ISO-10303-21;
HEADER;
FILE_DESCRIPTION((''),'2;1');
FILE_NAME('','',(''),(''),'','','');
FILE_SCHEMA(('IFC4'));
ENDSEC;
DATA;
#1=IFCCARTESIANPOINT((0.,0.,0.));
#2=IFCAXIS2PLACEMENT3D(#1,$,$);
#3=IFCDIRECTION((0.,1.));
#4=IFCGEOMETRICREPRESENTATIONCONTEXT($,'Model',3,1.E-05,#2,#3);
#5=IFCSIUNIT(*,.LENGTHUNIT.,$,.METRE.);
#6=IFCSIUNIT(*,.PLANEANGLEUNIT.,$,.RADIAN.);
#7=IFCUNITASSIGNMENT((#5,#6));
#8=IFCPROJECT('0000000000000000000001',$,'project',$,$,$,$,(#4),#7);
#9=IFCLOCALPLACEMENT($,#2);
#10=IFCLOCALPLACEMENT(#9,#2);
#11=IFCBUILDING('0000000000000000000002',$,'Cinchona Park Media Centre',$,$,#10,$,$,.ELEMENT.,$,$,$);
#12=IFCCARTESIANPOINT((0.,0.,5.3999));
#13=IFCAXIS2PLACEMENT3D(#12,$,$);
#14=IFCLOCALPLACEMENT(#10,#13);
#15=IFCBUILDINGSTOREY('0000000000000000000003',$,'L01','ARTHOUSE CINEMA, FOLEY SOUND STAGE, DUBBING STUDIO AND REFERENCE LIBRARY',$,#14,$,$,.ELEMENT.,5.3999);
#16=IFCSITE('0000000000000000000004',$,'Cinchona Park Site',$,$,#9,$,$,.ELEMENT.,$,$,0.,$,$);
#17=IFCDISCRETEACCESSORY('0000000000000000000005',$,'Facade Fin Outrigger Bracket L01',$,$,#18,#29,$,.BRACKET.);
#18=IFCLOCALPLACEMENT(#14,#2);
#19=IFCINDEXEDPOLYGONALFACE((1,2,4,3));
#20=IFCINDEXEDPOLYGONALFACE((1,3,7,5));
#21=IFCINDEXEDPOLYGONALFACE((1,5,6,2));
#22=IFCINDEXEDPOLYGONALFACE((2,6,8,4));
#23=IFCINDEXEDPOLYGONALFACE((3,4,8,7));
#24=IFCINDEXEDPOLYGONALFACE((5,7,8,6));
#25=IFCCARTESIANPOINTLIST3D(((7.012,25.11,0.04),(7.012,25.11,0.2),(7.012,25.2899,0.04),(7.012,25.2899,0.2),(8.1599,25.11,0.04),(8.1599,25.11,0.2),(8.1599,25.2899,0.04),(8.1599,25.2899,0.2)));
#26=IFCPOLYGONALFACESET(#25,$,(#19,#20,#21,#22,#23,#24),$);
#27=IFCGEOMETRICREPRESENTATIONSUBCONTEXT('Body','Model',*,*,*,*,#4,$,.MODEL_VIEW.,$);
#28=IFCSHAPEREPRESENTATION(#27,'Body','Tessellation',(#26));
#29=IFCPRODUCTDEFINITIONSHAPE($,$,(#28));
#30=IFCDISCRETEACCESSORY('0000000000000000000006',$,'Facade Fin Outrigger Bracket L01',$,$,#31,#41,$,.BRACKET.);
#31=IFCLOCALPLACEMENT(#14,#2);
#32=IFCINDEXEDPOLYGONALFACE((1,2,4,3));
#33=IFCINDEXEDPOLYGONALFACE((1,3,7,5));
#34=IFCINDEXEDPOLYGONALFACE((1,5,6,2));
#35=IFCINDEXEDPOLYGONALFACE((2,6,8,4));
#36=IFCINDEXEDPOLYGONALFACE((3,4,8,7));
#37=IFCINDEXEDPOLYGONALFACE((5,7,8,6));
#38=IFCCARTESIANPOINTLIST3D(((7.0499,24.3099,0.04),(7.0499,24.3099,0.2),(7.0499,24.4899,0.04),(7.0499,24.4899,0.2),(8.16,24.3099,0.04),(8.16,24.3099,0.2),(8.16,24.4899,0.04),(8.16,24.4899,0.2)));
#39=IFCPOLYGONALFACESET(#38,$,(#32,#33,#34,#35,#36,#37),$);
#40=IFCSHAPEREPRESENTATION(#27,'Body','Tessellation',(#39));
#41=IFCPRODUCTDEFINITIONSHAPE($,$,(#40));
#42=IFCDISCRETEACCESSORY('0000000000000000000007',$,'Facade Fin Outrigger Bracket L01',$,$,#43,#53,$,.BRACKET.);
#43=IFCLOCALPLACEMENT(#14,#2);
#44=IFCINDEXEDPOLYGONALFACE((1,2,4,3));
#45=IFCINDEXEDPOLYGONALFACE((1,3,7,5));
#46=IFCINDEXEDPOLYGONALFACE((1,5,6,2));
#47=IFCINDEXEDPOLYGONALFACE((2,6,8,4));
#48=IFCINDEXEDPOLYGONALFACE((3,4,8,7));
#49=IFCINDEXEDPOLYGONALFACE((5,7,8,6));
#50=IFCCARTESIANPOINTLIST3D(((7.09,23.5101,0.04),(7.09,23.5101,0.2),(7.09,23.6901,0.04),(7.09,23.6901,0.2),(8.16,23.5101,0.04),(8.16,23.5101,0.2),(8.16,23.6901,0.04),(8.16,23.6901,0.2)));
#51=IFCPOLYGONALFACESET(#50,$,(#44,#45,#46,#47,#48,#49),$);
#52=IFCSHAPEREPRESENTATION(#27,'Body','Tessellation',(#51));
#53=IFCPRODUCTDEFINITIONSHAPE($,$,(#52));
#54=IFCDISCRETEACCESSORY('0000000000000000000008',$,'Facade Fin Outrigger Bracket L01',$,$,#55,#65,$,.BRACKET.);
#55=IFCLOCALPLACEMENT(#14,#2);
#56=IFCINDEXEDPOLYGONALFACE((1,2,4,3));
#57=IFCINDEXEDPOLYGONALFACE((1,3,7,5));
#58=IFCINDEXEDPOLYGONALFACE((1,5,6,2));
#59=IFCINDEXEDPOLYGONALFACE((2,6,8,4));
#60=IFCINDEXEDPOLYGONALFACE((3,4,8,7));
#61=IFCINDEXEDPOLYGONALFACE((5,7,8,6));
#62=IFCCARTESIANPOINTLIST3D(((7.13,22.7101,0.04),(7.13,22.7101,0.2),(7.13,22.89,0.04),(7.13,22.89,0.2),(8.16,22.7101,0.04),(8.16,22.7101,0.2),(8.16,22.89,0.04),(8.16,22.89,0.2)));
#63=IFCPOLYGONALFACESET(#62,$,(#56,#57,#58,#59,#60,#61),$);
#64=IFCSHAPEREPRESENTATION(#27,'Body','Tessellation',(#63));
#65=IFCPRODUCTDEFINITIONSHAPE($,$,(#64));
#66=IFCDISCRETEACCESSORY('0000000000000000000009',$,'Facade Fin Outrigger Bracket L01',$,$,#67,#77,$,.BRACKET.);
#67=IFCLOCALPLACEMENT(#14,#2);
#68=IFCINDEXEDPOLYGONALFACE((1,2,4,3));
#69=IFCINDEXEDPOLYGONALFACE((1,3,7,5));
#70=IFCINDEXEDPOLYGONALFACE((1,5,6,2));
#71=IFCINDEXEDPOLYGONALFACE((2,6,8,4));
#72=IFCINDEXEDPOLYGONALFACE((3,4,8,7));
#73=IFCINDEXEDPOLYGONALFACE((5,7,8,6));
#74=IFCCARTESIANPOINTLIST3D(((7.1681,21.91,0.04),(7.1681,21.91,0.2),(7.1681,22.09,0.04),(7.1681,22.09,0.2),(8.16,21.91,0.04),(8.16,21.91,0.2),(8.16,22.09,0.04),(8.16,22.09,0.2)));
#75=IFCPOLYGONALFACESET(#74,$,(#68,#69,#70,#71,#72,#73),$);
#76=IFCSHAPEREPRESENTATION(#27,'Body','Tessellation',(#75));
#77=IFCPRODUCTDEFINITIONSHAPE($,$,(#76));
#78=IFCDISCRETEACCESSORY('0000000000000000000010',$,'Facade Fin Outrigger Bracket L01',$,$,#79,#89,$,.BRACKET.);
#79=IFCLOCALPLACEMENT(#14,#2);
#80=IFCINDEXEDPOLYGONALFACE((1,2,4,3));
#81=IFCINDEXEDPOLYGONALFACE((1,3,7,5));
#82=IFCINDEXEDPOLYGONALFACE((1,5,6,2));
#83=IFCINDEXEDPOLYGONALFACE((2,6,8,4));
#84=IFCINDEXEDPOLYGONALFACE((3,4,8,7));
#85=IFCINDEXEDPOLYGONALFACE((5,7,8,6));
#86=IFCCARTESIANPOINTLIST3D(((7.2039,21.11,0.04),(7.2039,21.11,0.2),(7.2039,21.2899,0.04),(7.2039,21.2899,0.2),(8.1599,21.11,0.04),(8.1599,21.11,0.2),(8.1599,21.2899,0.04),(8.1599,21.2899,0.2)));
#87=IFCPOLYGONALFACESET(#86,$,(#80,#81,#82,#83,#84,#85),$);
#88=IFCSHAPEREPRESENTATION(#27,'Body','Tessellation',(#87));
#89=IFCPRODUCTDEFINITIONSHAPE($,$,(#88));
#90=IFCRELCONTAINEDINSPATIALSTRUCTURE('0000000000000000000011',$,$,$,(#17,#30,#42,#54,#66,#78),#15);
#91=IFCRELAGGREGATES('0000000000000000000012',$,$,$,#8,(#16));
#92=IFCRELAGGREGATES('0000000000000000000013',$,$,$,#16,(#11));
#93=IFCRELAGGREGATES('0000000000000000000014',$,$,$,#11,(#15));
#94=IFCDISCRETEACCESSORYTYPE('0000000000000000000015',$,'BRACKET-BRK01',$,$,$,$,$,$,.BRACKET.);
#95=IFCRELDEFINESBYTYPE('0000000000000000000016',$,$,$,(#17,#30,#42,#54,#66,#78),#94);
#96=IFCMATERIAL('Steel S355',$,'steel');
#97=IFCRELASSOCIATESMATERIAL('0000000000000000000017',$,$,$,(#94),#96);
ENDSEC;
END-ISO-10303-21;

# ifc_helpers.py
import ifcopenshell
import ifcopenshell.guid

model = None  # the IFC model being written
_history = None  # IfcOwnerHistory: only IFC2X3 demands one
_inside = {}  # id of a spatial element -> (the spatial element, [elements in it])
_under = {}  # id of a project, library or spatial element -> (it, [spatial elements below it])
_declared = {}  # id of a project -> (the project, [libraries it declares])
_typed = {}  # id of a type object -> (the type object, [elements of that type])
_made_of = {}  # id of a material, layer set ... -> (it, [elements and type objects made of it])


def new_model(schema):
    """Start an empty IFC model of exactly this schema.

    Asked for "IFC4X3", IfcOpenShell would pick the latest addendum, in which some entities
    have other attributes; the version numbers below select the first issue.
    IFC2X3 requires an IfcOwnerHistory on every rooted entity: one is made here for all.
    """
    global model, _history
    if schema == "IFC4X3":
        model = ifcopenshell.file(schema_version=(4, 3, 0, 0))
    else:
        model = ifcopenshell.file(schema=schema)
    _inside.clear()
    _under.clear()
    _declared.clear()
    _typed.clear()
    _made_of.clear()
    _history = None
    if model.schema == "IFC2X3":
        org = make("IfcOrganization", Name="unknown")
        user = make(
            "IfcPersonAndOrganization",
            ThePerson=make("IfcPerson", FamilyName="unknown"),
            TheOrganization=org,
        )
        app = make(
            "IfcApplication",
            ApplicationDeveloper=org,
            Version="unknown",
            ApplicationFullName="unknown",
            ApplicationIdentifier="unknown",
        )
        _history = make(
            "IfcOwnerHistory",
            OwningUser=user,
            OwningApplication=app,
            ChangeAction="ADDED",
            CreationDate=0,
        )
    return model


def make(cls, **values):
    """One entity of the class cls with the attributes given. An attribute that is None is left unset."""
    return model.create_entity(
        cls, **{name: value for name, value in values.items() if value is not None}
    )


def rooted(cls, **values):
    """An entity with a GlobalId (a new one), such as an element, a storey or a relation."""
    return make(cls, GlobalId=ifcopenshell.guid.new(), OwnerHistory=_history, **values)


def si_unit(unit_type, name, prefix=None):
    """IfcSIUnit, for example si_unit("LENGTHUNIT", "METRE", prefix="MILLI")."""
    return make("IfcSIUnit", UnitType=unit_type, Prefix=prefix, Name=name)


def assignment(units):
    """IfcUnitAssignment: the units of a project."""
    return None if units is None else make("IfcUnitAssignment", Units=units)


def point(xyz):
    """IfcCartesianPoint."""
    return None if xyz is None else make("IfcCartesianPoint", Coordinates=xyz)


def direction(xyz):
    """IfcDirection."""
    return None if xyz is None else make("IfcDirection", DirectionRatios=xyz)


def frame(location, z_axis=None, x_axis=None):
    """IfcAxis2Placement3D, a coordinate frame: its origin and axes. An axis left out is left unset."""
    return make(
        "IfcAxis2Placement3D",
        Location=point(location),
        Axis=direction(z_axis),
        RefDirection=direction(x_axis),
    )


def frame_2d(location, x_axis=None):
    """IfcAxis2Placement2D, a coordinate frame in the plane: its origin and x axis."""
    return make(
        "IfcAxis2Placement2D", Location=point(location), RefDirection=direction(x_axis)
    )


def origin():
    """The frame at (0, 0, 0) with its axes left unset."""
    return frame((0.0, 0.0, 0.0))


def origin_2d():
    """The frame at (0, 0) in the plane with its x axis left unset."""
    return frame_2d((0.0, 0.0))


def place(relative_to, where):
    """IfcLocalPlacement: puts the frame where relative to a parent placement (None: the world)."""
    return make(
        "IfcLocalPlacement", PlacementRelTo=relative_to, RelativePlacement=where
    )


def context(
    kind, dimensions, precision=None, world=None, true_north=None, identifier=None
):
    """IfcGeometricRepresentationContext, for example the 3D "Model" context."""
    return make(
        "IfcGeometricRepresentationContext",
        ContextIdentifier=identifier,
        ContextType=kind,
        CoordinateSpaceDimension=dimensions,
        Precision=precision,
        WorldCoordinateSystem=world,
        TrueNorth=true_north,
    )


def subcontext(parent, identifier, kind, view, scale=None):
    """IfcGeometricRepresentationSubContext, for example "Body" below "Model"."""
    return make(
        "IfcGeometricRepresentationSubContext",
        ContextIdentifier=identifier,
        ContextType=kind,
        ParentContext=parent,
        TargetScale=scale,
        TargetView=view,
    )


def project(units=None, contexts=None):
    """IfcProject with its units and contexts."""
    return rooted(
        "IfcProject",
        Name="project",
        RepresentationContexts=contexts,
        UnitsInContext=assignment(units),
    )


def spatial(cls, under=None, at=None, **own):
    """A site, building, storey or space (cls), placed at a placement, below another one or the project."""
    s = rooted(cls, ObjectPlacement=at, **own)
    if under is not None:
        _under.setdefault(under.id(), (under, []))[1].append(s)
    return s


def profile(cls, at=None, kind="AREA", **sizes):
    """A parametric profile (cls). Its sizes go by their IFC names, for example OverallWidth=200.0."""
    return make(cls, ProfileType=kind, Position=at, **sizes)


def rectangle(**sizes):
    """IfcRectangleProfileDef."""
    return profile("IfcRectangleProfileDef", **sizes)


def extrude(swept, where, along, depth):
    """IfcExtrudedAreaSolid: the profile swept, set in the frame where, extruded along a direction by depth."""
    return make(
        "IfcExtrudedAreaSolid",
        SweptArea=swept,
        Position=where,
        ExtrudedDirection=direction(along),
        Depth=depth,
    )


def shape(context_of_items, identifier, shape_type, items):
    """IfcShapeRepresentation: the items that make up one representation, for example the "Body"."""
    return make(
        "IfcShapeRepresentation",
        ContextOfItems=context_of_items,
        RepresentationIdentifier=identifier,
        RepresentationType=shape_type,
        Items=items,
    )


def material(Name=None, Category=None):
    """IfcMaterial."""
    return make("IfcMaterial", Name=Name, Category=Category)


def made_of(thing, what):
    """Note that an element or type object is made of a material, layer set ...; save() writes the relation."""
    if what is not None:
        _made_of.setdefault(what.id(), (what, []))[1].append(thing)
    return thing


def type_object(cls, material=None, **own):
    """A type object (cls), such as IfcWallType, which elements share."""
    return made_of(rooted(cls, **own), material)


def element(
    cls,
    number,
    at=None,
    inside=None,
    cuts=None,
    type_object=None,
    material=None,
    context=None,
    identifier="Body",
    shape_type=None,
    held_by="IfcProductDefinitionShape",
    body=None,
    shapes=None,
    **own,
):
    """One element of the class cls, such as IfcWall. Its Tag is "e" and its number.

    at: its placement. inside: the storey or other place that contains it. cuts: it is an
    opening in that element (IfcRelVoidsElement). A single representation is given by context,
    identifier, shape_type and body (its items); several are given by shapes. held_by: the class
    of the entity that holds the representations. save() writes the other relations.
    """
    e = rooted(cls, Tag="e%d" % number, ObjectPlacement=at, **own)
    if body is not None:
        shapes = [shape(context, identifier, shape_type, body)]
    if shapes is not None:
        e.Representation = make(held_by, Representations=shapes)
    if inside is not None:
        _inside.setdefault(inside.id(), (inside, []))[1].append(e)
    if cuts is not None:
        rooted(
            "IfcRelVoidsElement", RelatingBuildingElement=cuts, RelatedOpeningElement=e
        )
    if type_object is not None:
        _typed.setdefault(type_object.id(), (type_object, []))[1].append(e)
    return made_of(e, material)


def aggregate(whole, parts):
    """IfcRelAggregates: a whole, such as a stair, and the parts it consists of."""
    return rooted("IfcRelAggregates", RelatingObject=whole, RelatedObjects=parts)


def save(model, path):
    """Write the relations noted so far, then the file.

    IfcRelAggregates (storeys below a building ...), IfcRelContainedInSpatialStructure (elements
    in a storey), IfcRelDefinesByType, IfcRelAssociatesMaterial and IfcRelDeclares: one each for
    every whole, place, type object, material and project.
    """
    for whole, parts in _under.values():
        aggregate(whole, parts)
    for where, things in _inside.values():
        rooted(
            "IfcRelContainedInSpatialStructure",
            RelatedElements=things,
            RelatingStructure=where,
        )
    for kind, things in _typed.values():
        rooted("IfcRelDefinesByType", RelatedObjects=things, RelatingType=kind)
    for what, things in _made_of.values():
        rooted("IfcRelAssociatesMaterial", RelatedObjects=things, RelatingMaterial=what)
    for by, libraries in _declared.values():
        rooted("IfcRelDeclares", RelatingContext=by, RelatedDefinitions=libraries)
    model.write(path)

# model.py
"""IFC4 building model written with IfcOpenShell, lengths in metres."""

from ifc_helpers import new_model, si_unit, direction, frame, origin, origin_2d, place, context, subcontext, project, spatial, rectangle, extrude, material, type_object, element, save


model = new_model("IFC4")

# Units and contexts
model_context = context("Model", 3, precision=1e-05, world=origin(), true_north=direction((0.0, 1.0)))
body_context = subcontext(model_context, "Body", "Model", "MODEL_VIEW")
ifc_project = project(units=[si_unit("LENGTHUNIT", "METRE"), si_unit("PLANEANGLEUNIT", "RADIAN")], contexts=[model_context])

# Site, building, storey
site_placement = place(None, origin())
site = spatial("IfcSite", under=ifc_project, at=site_placement, Name="Cinchona Park Site", CompositionType="ELEMENT", RefElevation=0.0)
building_placement = place(site_placement, origin())
building = spatial("IfcBuilding", under=site, at=building_placement, Name="Cinchona Park Media Centre", CompositionType="ELEMENT")
storey_placement = place(building_placement, frame((0.0, 0.0, 5.3999)))
storey = spatial("IfcBuildingStorey", under=building, at=storey_placement, Name="L01", Description="ARTHOUSE CINEMA, FOLEY SOUND STAGE, DUBBING STUDIO AND REFERENCE LIBRARY", CompositionType="ELEMENT", Elevation=5.3999)

# Discrete accessories
ifc_material_1 = material(Name="Steel S355", Category="steel")
discrete_accessory_type = type_object("IfcDiscreteAccessoryType", Name="BRACKET-BRK01", PredefinedType="BRACKET", material=ifc_material_1)
discrete_accessory_1_placement = place(storey_placement, frame((7.5859, 25.2, 0.04), z_axis=(0.0, 0.0, 1.0), x_axis=(0.0, -1.0, 0.0)))
element("IfcDiscreteAccessory", 1, at=discrete_accessory_1_placement, inside=storey, type_object=discrete_accessory_type, Name="Facade Fin Outrigger Bracket L01", PredefinedType="BRACKET", context=body_context, shape_type="SweptSolid", body=[
    extrude(rectangle(XDim=0.1799, YDim=1.1479, at=origin_2d()), origin(), (0.0, 0.0, 1.0), 0.1599),
])
discrete_accessory_2_placement = place(storey_placement, frame((7.605, 24.3999, 0.04), z_axis=(0.0, 0.0, 1.0), x_axis=(0.0, -1.0, 0.0)))
element("IfcDiscreteAccessory", 2, at=discrete_accessory_2_placement, inside=storey, type_object=discrete_accessory_type, Name="Facade Fin Outrigger Bracket L01", PredefinedType="BRACKET", context=body_context, shape_type="SweptSolid", body=[
    extrude(rectangle(XDim=0.1799, YDim=1.1101, at=origin_2d()), origin(), (0.0, 0.0, 1.0), 0.1599),
])
discrete_accessory_3_placement = place(storey_placement, frame((7.625, 23.6001, 0.04), z_axis=(0.0, 0.0, 1.0), x_axis=(0.0, -1.0, 0.0)))
element("IfcDiscreteAccessory", 3, at=discrete_accessory_3_placement, inside=storey, type_object=discrete_accessory_type, Name="Facade Fin Outrigger Bracket L01", PredefinedType="BRACKET", context=body_context, shape_type="SweptSolid", body=[
    extrude(rectangle(XDim=0.1799, YDim=1.0701, at=origin_2d()), origin(), (0.0, 0.0, 1.0), 0.1599),
])
discrete_accessory_4_placement = place(storey_placement, frame((7.645, 22.8, 0.04), z_axis=(0.0, 0.0, 1.0), x_axis=(0.0, -1.0, 0.0)))
element("IfcDiscreteAccessory", 4, at=discrete_accessory_4_placement, inside=storey, type_object=discrete_accessory_type, Name="Facade Fin Outrigger Bracket L01", PredefinedType="BRACKET", context=body_context, shape_type="SweptSolid", body=[
    extrude(rectangle(XDim=0.1799, YDim=1.03, at=origin_2d()), origin(), (0.0, 0.0, 1.0), 0.1599),
])
discrete_accessory_5_placement = place(storey_placement, frame((7.6641, 22.0, 0.04), z_axis=(0.0, 0.0, 1.0), x_axis=(0.0, -1.0, 0.0)))
element("IfcDiscreteAccessory", 5, at=discrete_accessory_5_placement, inside=storey, type_object=discrete_accessory_type, Name="Facade Fin Outrigger Bracket L01", PredefinedType="BRACKET", context=body_context, shape_type="SweptSolid", body=[
    extrude(rectangle(XDim=0.1799, YDim=0.9919, at=origin_2d()), origin(), (0.0, 0.0, 1.0), 0.1599),
])
discrete_accessory_6_placement = place(storey_placement, frame((7.6819, 21.2, 0.04), z_axis=(0.0, 0.0, 1.0), x_axis=(0.0, -1.0, 0.0)))
element("IfcDiscreteAccessory", 6, at=discrete_accessory_6_placement, inside=storey, type_object=discrete_accessory_type, Name="Facade Fin Outrigger Bracket L01", PredefinedType="BRACKET", context=body_context, shape_type="SweptSolid", body=[
    extrude(rectangle(XDim=0.1799, YDim=0.9561, at=origin_2d()), origin(), (0.0, 0.0, 1.0), 0.1599),
])

save(model, "model.ifc")
